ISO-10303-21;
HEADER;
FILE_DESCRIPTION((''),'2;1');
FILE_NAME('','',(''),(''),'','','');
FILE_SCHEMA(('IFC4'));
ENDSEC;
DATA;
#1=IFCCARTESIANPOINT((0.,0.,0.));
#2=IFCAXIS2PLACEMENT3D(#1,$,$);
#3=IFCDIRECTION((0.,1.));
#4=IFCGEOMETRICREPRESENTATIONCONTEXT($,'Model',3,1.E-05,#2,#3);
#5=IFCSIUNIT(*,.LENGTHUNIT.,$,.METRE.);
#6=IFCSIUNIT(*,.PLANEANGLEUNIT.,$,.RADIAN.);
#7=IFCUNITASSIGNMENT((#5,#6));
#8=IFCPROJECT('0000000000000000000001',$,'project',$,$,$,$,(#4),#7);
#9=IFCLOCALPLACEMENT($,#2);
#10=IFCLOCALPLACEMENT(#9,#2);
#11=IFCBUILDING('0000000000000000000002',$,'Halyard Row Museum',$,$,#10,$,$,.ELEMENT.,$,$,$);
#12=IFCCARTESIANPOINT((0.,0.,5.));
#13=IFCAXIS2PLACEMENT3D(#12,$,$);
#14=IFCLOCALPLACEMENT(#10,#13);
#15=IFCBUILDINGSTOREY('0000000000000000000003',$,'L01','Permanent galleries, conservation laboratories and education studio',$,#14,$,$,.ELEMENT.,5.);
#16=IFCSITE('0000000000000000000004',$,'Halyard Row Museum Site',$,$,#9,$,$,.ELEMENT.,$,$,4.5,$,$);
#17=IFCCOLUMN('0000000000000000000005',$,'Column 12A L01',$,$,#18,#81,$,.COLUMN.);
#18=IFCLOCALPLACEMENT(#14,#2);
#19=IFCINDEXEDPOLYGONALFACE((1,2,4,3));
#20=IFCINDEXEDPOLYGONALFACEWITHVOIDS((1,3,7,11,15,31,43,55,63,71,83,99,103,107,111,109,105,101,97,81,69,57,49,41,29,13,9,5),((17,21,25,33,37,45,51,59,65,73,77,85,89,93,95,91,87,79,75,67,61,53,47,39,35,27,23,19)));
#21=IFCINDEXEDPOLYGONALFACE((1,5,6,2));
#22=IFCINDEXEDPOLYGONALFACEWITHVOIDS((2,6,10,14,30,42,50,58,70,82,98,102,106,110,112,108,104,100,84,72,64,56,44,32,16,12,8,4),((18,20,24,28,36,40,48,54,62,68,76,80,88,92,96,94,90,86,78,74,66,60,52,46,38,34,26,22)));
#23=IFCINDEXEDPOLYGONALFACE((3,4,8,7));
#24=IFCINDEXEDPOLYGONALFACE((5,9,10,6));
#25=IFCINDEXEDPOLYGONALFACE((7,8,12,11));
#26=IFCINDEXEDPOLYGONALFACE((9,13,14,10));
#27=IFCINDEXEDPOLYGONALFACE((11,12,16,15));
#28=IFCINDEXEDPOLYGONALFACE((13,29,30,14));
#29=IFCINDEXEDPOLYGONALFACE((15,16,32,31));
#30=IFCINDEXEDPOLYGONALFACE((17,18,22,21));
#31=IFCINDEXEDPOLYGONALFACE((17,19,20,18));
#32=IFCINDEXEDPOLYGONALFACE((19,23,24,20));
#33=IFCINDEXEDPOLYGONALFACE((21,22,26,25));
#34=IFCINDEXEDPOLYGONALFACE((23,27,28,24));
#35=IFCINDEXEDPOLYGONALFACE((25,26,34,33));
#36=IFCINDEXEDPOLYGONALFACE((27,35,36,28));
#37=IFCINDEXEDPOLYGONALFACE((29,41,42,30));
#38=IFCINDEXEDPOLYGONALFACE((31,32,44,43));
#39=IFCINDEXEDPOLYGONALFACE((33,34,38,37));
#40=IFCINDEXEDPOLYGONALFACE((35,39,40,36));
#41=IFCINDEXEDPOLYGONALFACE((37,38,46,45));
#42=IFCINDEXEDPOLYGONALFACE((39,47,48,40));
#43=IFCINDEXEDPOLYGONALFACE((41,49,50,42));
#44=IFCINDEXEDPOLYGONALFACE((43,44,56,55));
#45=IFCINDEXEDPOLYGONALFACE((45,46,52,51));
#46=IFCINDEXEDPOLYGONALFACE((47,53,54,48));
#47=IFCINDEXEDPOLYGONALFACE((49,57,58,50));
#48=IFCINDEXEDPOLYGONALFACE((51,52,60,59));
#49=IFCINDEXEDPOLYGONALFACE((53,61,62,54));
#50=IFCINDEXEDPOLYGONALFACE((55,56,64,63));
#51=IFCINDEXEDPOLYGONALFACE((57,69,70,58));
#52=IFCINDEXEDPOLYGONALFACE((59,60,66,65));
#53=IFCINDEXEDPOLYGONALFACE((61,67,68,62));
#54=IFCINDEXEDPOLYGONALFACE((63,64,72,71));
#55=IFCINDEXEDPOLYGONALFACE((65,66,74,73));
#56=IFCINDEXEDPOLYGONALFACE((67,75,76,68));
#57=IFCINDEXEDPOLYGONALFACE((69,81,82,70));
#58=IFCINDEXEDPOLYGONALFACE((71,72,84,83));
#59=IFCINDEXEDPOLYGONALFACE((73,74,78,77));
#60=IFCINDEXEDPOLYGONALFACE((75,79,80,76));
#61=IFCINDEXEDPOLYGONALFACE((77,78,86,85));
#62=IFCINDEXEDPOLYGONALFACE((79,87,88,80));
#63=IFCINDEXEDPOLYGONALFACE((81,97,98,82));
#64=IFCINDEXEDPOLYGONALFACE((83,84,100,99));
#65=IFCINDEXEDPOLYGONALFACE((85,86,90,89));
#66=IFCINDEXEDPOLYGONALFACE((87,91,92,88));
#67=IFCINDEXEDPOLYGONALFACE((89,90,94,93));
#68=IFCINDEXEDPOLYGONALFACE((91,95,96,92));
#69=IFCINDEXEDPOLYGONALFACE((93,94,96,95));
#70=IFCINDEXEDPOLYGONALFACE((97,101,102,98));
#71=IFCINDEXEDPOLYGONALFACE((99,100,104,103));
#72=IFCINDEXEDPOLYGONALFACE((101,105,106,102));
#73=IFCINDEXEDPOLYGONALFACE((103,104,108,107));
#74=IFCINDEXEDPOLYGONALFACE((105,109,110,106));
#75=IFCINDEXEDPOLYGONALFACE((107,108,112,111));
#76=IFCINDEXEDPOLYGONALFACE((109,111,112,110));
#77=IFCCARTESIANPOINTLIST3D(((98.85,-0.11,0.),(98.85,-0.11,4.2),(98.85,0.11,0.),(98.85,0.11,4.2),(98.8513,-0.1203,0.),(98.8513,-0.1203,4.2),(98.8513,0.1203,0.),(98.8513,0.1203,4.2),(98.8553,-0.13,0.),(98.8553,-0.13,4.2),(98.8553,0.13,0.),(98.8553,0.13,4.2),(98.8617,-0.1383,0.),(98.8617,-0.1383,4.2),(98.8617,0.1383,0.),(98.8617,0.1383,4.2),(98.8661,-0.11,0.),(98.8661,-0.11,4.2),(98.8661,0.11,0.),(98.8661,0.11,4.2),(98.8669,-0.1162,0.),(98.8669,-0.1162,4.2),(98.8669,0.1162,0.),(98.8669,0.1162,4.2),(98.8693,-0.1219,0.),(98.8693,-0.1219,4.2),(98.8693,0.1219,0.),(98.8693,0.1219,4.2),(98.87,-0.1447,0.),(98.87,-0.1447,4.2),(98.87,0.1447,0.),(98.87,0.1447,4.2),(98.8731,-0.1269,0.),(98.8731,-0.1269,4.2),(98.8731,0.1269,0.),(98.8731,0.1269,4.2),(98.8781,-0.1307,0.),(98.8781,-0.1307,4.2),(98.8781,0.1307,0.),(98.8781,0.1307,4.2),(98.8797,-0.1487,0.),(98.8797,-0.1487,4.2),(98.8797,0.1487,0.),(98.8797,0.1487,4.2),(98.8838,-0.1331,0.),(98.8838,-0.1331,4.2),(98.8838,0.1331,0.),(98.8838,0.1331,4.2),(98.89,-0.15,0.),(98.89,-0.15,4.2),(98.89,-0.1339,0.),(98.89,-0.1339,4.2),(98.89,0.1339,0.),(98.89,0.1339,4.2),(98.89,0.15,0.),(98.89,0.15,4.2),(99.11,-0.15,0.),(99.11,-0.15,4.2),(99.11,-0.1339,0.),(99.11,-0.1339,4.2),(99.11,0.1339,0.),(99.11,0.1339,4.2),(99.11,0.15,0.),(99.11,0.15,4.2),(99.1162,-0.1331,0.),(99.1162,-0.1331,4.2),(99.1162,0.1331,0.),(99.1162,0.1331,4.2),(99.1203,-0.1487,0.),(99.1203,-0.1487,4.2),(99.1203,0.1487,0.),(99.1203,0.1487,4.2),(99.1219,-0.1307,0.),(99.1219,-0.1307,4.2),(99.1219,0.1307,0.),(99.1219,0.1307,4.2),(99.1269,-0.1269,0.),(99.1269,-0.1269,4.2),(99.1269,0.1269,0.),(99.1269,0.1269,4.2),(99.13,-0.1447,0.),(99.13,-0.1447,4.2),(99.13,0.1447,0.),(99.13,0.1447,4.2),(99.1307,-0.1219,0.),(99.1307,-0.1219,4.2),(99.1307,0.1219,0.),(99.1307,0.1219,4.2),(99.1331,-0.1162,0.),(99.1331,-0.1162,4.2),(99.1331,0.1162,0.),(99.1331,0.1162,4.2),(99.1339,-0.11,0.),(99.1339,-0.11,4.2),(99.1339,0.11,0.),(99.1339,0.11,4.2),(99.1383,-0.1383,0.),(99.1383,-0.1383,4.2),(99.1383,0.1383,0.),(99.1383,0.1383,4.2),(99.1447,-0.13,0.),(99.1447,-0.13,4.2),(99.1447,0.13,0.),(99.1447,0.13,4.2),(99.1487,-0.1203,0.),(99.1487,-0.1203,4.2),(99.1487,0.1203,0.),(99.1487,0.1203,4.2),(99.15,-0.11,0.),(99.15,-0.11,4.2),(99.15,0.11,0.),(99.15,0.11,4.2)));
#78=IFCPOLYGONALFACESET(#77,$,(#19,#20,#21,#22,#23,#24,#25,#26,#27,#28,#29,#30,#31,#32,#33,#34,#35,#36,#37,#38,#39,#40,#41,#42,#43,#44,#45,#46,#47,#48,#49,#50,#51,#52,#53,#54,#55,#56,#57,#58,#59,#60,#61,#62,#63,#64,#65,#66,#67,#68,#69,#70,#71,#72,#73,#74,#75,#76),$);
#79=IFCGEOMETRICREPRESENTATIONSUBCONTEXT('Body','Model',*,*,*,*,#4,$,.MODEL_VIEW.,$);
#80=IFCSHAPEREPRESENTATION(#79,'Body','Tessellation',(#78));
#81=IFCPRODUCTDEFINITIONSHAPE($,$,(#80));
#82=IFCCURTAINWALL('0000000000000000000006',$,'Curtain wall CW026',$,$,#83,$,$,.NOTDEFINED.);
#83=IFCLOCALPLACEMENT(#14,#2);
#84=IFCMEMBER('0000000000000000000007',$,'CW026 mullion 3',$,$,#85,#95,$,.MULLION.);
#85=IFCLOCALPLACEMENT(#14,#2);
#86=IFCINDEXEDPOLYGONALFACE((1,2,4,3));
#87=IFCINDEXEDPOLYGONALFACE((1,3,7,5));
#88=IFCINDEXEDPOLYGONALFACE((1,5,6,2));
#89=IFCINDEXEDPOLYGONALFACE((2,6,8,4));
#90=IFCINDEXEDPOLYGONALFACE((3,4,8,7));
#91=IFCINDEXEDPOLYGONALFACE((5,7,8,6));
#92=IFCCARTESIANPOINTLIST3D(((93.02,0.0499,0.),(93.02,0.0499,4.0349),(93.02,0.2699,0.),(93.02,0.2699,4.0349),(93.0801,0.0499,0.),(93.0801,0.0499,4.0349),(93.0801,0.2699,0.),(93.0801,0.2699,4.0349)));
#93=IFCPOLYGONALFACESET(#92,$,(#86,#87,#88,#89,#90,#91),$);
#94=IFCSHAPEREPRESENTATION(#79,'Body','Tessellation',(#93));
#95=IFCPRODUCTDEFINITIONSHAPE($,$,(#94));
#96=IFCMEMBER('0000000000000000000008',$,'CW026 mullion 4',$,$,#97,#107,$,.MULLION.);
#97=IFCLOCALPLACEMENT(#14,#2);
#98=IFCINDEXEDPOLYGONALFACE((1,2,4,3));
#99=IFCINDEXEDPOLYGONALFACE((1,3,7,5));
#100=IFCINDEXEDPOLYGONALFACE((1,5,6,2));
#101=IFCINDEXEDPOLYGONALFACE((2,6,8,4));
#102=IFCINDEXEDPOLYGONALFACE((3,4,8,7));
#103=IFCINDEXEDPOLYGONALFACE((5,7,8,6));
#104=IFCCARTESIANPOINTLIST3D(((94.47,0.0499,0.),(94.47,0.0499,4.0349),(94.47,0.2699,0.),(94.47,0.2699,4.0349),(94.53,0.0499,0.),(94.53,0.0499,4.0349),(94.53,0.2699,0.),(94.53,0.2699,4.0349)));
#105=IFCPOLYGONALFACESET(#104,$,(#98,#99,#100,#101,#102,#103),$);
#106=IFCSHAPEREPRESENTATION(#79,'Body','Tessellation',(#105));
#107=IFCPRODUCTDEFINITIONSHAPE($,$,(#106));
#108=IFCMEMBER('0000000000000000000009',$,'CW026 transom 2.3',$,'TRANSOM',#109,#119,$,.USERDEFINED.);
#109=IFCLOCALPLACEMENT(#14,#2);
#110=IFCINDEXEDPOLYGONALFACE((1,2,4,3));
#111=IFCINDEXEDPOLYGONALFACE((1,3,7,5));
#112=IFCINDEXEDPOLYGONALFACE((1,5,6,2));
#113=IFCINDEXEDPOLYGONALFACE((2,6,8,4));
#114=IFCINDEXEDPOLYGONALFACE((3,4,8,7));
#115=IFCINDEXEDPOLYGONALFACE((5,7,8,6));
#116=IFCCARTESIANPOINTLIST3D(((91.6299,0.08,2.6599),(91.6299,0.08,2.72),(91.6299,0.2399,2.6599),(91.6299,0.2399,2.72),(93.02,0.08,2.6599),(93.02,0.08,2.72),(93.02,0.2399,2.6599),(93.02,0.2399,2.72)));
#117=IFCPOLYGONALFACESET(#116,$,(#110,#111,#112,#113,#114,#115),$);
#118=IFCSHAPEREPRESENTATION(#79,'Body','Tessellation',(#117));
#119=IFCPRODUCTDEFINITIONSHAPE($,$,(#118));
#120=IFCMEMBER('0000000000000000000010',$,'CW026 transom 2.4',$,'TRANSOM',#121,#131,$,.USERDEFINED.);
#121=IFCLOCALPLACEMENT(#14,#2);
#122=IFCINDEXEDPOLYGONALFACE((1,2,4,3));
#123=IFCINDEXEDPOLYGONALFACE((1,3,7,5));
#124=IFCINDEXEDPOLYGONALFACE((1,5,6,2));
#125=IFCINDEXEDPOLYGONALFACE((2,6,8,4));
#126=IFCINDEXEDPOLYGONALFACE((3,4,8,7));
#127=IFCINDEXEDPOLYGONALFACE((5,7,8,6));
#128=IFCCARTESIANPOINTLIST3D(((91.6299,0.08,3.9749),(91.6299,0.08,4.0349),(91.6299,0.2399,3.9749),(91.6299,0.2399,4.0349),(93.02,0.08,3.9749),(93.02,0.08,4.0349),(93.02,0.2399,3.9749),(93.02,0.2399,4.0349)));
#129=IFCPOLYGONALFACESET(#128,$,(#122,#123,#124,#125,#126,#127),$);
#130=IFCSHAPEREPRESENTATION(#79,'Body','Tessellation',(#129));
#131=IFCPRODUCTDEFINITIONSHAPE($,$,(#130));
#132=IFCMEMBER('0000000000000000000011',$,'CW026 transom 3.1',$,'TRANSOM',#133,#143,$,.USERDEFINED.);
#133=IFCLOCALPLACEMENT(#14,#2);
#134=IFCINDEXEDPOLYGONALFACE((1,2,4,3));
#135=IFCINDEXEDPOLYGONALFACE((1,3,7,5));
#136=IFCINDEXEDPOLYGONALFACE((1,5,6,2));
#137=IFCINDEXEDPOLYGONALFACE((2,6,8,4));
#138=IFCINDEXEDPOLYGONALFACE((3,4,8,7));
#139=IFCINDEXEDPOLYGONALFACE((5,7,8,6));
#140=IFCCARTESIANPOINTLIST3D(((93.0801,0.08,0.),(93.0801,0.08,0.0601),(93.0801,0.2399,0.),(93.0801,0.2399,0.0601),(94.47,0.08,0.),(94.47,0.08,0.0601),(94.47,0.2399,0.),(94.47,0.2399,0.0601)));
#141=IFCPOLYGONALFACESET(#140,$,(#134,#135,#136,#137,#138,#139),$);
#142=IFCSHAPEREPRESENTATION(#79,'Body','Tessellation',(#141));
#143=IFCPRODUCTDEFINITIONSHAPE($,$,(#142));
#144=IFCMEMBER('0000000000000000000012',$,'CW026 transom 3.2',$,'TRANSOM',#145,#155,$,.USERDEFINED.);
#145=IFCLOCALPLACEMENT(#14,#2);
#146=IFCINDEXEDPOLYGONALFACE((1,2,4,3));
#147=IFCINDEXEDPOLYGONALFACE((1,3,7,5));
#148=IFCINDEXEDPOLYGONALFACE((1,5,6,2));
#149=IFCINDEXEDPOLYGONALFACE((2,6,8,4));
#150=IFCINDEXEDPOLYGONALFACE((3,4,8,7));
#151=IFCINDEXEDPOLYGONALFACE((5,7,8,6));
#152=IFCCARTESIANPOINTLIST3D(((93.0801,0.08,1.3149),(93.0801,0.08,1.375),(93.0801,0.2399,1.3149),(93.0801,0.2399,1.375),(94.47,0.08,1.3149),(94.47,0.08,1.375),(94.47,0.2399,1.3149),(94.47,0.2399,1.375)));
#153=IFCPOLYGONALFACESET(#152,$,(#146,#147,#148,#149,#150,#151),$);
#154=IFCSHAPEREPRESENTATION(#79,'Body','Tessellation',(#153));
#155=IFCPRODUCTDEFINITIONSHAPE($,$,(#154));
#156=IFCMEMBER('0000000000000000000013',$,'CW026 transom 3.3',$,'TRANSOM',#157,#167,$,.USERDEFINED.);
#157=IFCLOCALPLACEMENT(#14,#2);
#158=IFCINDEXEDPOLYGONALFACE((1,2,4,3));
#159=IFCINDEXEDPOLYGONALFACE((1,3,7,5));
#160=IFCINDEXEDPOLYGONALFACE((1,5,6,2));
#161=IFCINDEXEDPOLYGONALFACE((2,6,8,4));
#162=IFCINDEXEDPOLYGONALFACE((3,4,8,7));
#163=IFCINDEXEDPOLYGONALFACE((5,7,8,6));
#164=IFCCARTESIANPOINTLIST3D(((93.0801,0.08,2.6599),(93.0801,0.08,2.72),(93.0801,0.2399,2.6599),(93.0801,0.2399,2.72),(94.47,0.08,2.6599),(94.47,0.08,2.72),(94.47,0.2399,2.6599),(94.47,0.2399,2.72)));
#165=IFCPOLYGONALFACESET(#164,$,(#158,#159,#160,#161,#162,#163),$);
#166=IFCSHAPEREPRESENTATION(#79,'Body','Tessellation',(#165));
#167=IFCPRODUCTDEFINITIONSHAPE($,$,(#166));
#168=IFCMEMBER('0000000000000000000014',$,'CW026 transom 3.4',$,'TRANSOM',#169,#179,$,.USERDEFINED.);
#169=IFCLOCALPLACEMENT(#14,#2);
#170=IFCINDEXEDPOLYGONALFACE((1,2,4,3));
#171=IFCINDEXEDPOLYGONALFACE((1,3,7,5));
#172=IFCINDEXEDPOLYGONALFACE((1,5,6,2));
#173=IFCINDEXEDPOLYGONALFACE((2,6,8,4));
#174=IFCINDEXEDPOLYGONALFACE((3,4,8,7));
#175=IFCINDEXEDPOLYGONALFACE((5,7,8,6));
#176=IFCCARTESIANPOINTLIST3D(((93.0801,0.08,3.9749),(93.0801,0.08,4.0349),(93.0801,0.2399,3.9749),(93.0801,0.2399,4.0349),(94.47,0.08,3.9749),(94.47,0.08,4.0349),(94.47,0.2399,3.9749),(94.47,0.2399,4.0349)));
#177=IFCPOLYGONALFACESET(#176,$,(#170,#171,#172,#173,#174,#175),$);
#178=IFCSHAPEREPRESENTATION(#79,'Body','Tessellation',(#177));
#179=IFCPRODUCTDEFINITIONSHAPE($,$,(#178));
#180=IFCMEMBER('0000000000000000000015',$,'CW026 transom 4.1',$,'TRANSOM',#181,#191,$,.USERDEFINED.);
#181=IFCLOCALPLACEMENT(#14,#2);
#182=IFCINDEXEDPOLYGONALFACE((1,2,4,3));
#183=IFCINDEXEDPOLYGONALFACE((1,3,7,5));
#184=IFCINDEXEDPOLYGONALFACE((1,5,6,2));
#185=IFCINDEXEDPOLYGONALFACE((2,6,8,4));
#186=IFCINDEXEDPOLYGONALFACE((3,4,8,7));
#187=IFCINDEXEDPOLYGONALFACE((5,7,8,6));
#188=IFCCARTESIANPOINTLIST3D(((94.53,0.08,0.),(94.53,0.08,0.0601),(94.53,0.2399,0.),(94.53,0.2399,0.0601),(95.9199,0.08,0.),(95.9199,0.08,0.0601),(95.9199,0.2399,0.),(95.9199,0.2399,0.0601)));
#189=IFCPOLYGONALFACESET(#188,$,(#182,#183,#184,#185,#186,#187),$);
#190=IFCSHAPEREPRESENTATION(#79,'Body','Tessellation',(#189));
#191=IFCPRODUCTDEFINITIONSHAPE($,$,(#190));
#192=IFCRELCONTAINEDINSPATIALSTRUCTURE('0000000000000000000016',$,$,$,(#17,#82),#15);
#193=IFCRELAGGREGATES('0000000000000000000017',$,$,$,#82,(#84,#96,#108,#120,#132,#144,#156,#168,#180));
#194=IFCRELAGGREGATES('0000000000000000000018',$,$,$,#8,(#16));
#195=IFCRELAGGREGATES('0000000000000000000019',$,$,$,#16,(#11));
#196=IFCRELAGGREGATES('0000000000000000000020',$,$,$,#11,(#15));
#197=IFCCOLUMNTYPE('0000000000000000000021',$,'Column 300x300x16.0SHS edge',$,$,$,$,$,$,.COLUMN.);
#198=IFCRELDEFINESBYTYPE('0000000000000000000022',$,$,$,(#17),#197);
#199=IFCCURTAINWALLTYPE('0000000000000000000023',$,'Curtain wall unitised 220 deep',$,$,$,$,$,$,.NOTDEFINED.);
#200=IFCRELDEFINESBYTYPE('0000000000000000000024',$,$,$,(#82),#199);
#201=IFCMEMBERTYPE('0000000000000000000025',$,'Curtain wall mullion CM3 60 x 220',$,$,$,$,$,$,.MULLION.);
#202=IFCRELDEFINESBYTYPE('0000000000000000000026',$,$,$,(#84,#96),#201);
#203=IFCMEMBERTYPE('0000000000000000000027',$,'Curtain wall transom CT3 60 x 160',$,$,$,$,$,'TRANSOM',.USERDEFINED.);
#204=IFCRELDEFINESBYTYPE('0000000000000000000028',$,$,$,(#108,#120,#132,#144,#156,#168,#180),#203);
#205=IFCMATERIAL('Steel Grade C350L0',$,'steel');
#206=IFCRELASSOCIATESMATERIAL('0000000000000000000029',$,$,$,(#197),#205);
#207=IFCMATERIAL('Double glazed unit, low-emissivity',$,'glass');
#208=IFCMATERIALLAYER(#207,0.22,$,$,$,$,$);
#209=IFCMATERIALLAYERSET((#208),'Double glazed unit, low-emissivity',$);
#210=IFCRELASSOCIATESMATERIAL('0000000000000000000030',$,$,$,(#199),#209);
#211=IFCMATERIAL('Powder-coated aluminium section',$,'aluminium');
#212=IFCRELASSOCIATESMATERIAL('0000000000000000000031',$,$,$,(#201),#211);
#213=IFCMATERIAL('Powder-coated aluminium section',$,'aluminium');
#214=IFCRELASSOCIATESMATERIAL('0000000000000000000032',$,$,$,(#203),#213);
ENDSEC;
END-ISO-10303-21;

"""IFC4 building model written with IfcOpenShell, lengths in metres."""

from ifc_helpers import new_model, si_unit, direction, frame, origin, origin_2d, place, context, subcontext, project, spatial, rectangle, hollow_rectangle, extrude, material, layer, layer_set, material_profile, profile_set, type_object, element, aggregate, save


model = new_model("IFC4")

# Units and contexts
model_context = context("Model", 3, precision=1e-05, world=origin(), true_north=direction((0.0, 1.0)))
body_context = subcontext(model_context, "Body", "Model", "MODEL_VIEW")
ifc_project = project(units=[si_unit("LENGTHUNIT", "METRE"), si_unit("PLANEANGLEUNIT", "RADIAN")], contexts=[model_context])

# Site, building, storey
site_placement = place(None, origin())
site = spatial("IfcSite", under=ifc_project, at=site_placement, Name="Halyard Row Museum Site", CompositionType="ELEMENT", RefElevation=4.5)
building_placement = place(site_placement, origin())
building = spatial("IfcBuilding", under=site, at=building_placement, Name="Halyard Row Museum", CompositionType="ELEMENT")
storey_placement = place(building_placement, frame((0.0, 0.0, 5.0)))
storey = spatial("IfcBuildingStorey", under=building, at=storey_placement, Name="L01", Description="Permanent galleries, conservation laboratories and education studio", CompositionType="ELEMENT", Elevation=5.0)

# Column
ifc_material_1 = material(Name="Steel Grade C350L0", Category="steel")
ifc_material_profile_1 = material_profile(ifc_material_1, hollow_rectangle(XDim=0.3, YDim=0.3, WallThickness=0.0161, InnerFilletRadius=0.0239, OuterFilletRadius=0.04, at=origin_2d()), Name="300x300x16.0SHS")
ifc_profile_set_1 = profile_set([ifc_material_profile_1], Name="Steel Grade C350L0")
column_type = type_object("IfcColumnType", Name="Column 300x300x16.0SHS edge", PredefinedType="COLUMN", material=ifc_profile_set_1)
column_placement = place(storey_placement, frame((99.0, 0.0, 0.0), z_axis=(0.0, 0.0, 1.0), x_axis=(1.0, 0.0, 0.0)))
element("IfcColumn", 1, at=column_placement, inside=storey, type_object=column_type, Name="Column 12A L01", PredefinedType="COLUMN", context=body_context, shape_type="SweptSolid", body=[
    extrude(hollow_rectangle(XDim=0.3, YDim=0.3, WallThickness=0.0161, InnerFilletRadius=0.0239, OuterFilletRadius=0.04, at=origin_2d()), origin(), (0.0, 0.0, 1.0), 4.2),
])

# Curtain wall, members
ifc_material_2 = material(Name="Double glazed unit, low-emissivity", Category="glass")
ifc_layer_1 = layer(ifc_material_2, 0.22)
ifc_layer_set_1 = layer_set([ifc_layer_1], Name="Double glazed unit, low-emissivity")
curtain_wall_type = type_object("IfcCurtainWallType", Name="Curtain wall unitised 220 deep", PredefinedType="NOTDEFINED", material=ifc_layer_set_1)
curtain_wall_placement = place(storey_placement, origin())
curtain_wall = element("IfcCurtainWall", 2, at=curtain_wall_placement, inside=storey, type_object=curtain_wall_type, Name="Curtain wall CW026", PredefinedType="NOTDEFINED")
ifc_material_3 = material(Name="Powder-coated aluminium section", Category="aluminium")
ifc_material_profile_2 = material_profile(ifc_material_3, rectangle(XDim=0.22, YDim=0.0601, at=origin_2d()), Name="220x60 mullion")
ifc_profile_set_2 = profile_set([ifc_material_profile_2], Name="Powder-coated aluminium section")
member_type_1 = type_object("IfcMemberType", Name="Curtain wall mullion CM3 60 x 220", PredefinedType="MULLION", material=ifc_profile_set_2)
member_1_placement = place(storey_placement, frame((93.05, 0.1599, 0.0), z_axis=(0.0, 0.0, 1.0), x_axis=(0.0, 1.0, 0.0)))
member_1 = element("IfcMember", 3, at=member_1_placement, type_object=member_type_1, Name="CW026 mullion 3", PredefinedType="MULLION", context=body_context, shape_type="SweptSolid", body=[
    extrude(rectangle(XDim=0.22, YDim=0.0601, at=origin_2d()), origin(), (0.0, 0.0, 1.0), 4.0349),
])
member_2_placement = place(storey_placement, frame((94.5, 0.1599, 0.0), z_axis=(0.0, 0.0, 1.0), x_axis=(0.0, 1.0, 0.0)))
member_2 = element("IfcMember", 4, at=member_2_placement, type_object=member_type_1, Name="CW026 mullion 4", PredefinedType="MULLION", context=body_context, shape_type="SweptSolid", body=[
    extrude(rectangle(XDim=0.22, YDim=0.0601, at=origin_2d()), origin(), (0.0, 0.0, 1.0), 4.0349),
])
ifc_material_4 = material(Name="Powder-coated aluminium section", Category="aluminium")
ifc_material_profile_3 = material_profile(ifc_material_4, rectangle(XDim=0.1599, YDim=0.0601, at=origin_2d()), Name="160x60 transom")
ifc_profile_set_3 = profile_set([ifc_material_profile_3], Name="Powder-coated aluminium section")
member_type_2 = type_object("IfcMemberType", Name="Curtain wall transom CT3 60 x 160", ElementType="TRANSOM", PredefinedType="USERDEFINED", material=ifc_profile_set_3)
member_3_placement = place(storey_placement, frame((91.6299, 0.1599, 2.6899), z_axis=(1.0, 0.0, 0.0), x_axis=(0.0, 1.0, 0.0)))
member_3 = element("IfcMember", 5, at=member_3_placement, type_object=member_type_2, Name="CW026 transom 2.3", ObjectType="TRANSOM", PredefinedType="USERDEFINED", context=body_context, shape_type="SweptSolid", body=[
    extrude(rectangle(XDim=0.1599, YDim=0.0601, at=origin_2d()), origin(), (0.0, 0.0, 1.0), 1.3901),
])
member_4_placement = place(storey_placement, frame((91.6299, 0.1599, 4.0049), z_axis=(1.0, 0.0, 0.0), x_axis=(0.0, 1.0, 0.0)))
member_4 = element("IfcMember", 6, at=member_4_placement, type_object=member_type_2, Name="CW026 transom 2.4", ObjectType="TRANSOM", PredefinedType="USERDEFINED", context=body_context, shape_type="SweptSolid", body=[
    extrude(rectangle(XDim=0.1599, YDim=0.0601, at=origin_2d()), origin(), (0.0, 0.0, 1.0), 1.3901),
])
member_5_placement = place(storey_placement, frame((93.0801, 0.1599, 0.03), z_axis=(1.0, 0.0, 0.0), x_axis=(0.0, 1.0, 0.0)))
member_5 = element("IfcMember", 7, at=member_5_placement, type_object=member_type_2, Name="CW026 transom 3.1", ObjectType="TRANSOM", PredefinedType="USERDEFINED", context=body_context, shape_type="SweptSolid", body=[
    extrude(rectangle(XDim=0.1599, YDim=0.0601, at=origin_2d()), origin(), (0.0, 0.0, 1.0), 1.3899),
])
member_6_placement = place(storey_placement, frame((93.0801, 0.1599, 1.345), z_axis=(1.0, 0.0, 0.0), x_axis=(0.0, 1.0, 0.0)))
member_6 = element("IfcMember", 8, at=member_6_placement, type_object=member_type_2, Name="CW026 transom 3.2", ObjectType="TRANSOM", PredefinedType="USERDEFINED", context=body_context, shape_type="SweptSolid", body=[
    extrude(rectangle(XDim=0.1599, YDim=0.0601, at=origin_2d()), origin(), (0.0, 0.0, 1.0), 1.3899),
])
member_7_placement = place(storey_placement, frame((93.0801, 0.1599, 2.6899), z_axis=(1.0, 0.0, 0.0), x_axis=(0.0, 1.0, 0.0)))
member_7 = element("IfcMember", 9, at=member_7_placement, type_object=member_type_2, Name="CW026 transom 3.3", ObjectType="TRANSOM", PredefinedType="USERDEFINED", context=body_context, shape_type="SweptSolid", body=[
    extrude(rectangle(XDim=0.1599, YDim=0.0601, at=origin_2d()), origin(), (0.0, 0.0, 1.0), 1.3899),
])
member_8_placement = place(storey_placement, frame((93.0801, 0.1599, 4.0049), z_axis=(1.0, 0.0, 0.0), x_axis=(0.0, 1.0, 0.0)))
member_8 = element("IfcMember", 10, at=member_8_placement, type_object=member_type_2, Name="CW026 transom 3.4", ObjectType="TRANSOM", PredefinedType="USERDEFINED", context=body_context, shape_type="SweptSolid", body=[
    extrude(rectangle(XDim=0.1599, YDim=0.0601, at=origin_2d()), origin(), (0.0, 0.0, 1.0), 1.3899),
])
member_9_placement = place(storey_placement, frame((94.53, 0.1599, 0.03), z_axis=(1.0, 0.0, 0.0), x_axis=(0.0, 1.0, 0.0)))
member_9 = element("IfcMember", 11, at=member_9_placement, type_object=member_type_2, Name="CW026 transom 4.1", ObjectType="TRANSOM", PredefinedType="USERDEFINED", context=body_context, shape_type="SweptSolid", body=[
    extrude(rectangle(XDim=0.1599, YDim=0.0601, at=origin_2d()), origin(), (0.0, 0.0, 1.0), 1.3899),
])

aggregate(curtain_wall, [member_1, member_2, member_3, member_4, member_5, member_6, member_7, member_8, member_9])

save(model, "model.ifc")
